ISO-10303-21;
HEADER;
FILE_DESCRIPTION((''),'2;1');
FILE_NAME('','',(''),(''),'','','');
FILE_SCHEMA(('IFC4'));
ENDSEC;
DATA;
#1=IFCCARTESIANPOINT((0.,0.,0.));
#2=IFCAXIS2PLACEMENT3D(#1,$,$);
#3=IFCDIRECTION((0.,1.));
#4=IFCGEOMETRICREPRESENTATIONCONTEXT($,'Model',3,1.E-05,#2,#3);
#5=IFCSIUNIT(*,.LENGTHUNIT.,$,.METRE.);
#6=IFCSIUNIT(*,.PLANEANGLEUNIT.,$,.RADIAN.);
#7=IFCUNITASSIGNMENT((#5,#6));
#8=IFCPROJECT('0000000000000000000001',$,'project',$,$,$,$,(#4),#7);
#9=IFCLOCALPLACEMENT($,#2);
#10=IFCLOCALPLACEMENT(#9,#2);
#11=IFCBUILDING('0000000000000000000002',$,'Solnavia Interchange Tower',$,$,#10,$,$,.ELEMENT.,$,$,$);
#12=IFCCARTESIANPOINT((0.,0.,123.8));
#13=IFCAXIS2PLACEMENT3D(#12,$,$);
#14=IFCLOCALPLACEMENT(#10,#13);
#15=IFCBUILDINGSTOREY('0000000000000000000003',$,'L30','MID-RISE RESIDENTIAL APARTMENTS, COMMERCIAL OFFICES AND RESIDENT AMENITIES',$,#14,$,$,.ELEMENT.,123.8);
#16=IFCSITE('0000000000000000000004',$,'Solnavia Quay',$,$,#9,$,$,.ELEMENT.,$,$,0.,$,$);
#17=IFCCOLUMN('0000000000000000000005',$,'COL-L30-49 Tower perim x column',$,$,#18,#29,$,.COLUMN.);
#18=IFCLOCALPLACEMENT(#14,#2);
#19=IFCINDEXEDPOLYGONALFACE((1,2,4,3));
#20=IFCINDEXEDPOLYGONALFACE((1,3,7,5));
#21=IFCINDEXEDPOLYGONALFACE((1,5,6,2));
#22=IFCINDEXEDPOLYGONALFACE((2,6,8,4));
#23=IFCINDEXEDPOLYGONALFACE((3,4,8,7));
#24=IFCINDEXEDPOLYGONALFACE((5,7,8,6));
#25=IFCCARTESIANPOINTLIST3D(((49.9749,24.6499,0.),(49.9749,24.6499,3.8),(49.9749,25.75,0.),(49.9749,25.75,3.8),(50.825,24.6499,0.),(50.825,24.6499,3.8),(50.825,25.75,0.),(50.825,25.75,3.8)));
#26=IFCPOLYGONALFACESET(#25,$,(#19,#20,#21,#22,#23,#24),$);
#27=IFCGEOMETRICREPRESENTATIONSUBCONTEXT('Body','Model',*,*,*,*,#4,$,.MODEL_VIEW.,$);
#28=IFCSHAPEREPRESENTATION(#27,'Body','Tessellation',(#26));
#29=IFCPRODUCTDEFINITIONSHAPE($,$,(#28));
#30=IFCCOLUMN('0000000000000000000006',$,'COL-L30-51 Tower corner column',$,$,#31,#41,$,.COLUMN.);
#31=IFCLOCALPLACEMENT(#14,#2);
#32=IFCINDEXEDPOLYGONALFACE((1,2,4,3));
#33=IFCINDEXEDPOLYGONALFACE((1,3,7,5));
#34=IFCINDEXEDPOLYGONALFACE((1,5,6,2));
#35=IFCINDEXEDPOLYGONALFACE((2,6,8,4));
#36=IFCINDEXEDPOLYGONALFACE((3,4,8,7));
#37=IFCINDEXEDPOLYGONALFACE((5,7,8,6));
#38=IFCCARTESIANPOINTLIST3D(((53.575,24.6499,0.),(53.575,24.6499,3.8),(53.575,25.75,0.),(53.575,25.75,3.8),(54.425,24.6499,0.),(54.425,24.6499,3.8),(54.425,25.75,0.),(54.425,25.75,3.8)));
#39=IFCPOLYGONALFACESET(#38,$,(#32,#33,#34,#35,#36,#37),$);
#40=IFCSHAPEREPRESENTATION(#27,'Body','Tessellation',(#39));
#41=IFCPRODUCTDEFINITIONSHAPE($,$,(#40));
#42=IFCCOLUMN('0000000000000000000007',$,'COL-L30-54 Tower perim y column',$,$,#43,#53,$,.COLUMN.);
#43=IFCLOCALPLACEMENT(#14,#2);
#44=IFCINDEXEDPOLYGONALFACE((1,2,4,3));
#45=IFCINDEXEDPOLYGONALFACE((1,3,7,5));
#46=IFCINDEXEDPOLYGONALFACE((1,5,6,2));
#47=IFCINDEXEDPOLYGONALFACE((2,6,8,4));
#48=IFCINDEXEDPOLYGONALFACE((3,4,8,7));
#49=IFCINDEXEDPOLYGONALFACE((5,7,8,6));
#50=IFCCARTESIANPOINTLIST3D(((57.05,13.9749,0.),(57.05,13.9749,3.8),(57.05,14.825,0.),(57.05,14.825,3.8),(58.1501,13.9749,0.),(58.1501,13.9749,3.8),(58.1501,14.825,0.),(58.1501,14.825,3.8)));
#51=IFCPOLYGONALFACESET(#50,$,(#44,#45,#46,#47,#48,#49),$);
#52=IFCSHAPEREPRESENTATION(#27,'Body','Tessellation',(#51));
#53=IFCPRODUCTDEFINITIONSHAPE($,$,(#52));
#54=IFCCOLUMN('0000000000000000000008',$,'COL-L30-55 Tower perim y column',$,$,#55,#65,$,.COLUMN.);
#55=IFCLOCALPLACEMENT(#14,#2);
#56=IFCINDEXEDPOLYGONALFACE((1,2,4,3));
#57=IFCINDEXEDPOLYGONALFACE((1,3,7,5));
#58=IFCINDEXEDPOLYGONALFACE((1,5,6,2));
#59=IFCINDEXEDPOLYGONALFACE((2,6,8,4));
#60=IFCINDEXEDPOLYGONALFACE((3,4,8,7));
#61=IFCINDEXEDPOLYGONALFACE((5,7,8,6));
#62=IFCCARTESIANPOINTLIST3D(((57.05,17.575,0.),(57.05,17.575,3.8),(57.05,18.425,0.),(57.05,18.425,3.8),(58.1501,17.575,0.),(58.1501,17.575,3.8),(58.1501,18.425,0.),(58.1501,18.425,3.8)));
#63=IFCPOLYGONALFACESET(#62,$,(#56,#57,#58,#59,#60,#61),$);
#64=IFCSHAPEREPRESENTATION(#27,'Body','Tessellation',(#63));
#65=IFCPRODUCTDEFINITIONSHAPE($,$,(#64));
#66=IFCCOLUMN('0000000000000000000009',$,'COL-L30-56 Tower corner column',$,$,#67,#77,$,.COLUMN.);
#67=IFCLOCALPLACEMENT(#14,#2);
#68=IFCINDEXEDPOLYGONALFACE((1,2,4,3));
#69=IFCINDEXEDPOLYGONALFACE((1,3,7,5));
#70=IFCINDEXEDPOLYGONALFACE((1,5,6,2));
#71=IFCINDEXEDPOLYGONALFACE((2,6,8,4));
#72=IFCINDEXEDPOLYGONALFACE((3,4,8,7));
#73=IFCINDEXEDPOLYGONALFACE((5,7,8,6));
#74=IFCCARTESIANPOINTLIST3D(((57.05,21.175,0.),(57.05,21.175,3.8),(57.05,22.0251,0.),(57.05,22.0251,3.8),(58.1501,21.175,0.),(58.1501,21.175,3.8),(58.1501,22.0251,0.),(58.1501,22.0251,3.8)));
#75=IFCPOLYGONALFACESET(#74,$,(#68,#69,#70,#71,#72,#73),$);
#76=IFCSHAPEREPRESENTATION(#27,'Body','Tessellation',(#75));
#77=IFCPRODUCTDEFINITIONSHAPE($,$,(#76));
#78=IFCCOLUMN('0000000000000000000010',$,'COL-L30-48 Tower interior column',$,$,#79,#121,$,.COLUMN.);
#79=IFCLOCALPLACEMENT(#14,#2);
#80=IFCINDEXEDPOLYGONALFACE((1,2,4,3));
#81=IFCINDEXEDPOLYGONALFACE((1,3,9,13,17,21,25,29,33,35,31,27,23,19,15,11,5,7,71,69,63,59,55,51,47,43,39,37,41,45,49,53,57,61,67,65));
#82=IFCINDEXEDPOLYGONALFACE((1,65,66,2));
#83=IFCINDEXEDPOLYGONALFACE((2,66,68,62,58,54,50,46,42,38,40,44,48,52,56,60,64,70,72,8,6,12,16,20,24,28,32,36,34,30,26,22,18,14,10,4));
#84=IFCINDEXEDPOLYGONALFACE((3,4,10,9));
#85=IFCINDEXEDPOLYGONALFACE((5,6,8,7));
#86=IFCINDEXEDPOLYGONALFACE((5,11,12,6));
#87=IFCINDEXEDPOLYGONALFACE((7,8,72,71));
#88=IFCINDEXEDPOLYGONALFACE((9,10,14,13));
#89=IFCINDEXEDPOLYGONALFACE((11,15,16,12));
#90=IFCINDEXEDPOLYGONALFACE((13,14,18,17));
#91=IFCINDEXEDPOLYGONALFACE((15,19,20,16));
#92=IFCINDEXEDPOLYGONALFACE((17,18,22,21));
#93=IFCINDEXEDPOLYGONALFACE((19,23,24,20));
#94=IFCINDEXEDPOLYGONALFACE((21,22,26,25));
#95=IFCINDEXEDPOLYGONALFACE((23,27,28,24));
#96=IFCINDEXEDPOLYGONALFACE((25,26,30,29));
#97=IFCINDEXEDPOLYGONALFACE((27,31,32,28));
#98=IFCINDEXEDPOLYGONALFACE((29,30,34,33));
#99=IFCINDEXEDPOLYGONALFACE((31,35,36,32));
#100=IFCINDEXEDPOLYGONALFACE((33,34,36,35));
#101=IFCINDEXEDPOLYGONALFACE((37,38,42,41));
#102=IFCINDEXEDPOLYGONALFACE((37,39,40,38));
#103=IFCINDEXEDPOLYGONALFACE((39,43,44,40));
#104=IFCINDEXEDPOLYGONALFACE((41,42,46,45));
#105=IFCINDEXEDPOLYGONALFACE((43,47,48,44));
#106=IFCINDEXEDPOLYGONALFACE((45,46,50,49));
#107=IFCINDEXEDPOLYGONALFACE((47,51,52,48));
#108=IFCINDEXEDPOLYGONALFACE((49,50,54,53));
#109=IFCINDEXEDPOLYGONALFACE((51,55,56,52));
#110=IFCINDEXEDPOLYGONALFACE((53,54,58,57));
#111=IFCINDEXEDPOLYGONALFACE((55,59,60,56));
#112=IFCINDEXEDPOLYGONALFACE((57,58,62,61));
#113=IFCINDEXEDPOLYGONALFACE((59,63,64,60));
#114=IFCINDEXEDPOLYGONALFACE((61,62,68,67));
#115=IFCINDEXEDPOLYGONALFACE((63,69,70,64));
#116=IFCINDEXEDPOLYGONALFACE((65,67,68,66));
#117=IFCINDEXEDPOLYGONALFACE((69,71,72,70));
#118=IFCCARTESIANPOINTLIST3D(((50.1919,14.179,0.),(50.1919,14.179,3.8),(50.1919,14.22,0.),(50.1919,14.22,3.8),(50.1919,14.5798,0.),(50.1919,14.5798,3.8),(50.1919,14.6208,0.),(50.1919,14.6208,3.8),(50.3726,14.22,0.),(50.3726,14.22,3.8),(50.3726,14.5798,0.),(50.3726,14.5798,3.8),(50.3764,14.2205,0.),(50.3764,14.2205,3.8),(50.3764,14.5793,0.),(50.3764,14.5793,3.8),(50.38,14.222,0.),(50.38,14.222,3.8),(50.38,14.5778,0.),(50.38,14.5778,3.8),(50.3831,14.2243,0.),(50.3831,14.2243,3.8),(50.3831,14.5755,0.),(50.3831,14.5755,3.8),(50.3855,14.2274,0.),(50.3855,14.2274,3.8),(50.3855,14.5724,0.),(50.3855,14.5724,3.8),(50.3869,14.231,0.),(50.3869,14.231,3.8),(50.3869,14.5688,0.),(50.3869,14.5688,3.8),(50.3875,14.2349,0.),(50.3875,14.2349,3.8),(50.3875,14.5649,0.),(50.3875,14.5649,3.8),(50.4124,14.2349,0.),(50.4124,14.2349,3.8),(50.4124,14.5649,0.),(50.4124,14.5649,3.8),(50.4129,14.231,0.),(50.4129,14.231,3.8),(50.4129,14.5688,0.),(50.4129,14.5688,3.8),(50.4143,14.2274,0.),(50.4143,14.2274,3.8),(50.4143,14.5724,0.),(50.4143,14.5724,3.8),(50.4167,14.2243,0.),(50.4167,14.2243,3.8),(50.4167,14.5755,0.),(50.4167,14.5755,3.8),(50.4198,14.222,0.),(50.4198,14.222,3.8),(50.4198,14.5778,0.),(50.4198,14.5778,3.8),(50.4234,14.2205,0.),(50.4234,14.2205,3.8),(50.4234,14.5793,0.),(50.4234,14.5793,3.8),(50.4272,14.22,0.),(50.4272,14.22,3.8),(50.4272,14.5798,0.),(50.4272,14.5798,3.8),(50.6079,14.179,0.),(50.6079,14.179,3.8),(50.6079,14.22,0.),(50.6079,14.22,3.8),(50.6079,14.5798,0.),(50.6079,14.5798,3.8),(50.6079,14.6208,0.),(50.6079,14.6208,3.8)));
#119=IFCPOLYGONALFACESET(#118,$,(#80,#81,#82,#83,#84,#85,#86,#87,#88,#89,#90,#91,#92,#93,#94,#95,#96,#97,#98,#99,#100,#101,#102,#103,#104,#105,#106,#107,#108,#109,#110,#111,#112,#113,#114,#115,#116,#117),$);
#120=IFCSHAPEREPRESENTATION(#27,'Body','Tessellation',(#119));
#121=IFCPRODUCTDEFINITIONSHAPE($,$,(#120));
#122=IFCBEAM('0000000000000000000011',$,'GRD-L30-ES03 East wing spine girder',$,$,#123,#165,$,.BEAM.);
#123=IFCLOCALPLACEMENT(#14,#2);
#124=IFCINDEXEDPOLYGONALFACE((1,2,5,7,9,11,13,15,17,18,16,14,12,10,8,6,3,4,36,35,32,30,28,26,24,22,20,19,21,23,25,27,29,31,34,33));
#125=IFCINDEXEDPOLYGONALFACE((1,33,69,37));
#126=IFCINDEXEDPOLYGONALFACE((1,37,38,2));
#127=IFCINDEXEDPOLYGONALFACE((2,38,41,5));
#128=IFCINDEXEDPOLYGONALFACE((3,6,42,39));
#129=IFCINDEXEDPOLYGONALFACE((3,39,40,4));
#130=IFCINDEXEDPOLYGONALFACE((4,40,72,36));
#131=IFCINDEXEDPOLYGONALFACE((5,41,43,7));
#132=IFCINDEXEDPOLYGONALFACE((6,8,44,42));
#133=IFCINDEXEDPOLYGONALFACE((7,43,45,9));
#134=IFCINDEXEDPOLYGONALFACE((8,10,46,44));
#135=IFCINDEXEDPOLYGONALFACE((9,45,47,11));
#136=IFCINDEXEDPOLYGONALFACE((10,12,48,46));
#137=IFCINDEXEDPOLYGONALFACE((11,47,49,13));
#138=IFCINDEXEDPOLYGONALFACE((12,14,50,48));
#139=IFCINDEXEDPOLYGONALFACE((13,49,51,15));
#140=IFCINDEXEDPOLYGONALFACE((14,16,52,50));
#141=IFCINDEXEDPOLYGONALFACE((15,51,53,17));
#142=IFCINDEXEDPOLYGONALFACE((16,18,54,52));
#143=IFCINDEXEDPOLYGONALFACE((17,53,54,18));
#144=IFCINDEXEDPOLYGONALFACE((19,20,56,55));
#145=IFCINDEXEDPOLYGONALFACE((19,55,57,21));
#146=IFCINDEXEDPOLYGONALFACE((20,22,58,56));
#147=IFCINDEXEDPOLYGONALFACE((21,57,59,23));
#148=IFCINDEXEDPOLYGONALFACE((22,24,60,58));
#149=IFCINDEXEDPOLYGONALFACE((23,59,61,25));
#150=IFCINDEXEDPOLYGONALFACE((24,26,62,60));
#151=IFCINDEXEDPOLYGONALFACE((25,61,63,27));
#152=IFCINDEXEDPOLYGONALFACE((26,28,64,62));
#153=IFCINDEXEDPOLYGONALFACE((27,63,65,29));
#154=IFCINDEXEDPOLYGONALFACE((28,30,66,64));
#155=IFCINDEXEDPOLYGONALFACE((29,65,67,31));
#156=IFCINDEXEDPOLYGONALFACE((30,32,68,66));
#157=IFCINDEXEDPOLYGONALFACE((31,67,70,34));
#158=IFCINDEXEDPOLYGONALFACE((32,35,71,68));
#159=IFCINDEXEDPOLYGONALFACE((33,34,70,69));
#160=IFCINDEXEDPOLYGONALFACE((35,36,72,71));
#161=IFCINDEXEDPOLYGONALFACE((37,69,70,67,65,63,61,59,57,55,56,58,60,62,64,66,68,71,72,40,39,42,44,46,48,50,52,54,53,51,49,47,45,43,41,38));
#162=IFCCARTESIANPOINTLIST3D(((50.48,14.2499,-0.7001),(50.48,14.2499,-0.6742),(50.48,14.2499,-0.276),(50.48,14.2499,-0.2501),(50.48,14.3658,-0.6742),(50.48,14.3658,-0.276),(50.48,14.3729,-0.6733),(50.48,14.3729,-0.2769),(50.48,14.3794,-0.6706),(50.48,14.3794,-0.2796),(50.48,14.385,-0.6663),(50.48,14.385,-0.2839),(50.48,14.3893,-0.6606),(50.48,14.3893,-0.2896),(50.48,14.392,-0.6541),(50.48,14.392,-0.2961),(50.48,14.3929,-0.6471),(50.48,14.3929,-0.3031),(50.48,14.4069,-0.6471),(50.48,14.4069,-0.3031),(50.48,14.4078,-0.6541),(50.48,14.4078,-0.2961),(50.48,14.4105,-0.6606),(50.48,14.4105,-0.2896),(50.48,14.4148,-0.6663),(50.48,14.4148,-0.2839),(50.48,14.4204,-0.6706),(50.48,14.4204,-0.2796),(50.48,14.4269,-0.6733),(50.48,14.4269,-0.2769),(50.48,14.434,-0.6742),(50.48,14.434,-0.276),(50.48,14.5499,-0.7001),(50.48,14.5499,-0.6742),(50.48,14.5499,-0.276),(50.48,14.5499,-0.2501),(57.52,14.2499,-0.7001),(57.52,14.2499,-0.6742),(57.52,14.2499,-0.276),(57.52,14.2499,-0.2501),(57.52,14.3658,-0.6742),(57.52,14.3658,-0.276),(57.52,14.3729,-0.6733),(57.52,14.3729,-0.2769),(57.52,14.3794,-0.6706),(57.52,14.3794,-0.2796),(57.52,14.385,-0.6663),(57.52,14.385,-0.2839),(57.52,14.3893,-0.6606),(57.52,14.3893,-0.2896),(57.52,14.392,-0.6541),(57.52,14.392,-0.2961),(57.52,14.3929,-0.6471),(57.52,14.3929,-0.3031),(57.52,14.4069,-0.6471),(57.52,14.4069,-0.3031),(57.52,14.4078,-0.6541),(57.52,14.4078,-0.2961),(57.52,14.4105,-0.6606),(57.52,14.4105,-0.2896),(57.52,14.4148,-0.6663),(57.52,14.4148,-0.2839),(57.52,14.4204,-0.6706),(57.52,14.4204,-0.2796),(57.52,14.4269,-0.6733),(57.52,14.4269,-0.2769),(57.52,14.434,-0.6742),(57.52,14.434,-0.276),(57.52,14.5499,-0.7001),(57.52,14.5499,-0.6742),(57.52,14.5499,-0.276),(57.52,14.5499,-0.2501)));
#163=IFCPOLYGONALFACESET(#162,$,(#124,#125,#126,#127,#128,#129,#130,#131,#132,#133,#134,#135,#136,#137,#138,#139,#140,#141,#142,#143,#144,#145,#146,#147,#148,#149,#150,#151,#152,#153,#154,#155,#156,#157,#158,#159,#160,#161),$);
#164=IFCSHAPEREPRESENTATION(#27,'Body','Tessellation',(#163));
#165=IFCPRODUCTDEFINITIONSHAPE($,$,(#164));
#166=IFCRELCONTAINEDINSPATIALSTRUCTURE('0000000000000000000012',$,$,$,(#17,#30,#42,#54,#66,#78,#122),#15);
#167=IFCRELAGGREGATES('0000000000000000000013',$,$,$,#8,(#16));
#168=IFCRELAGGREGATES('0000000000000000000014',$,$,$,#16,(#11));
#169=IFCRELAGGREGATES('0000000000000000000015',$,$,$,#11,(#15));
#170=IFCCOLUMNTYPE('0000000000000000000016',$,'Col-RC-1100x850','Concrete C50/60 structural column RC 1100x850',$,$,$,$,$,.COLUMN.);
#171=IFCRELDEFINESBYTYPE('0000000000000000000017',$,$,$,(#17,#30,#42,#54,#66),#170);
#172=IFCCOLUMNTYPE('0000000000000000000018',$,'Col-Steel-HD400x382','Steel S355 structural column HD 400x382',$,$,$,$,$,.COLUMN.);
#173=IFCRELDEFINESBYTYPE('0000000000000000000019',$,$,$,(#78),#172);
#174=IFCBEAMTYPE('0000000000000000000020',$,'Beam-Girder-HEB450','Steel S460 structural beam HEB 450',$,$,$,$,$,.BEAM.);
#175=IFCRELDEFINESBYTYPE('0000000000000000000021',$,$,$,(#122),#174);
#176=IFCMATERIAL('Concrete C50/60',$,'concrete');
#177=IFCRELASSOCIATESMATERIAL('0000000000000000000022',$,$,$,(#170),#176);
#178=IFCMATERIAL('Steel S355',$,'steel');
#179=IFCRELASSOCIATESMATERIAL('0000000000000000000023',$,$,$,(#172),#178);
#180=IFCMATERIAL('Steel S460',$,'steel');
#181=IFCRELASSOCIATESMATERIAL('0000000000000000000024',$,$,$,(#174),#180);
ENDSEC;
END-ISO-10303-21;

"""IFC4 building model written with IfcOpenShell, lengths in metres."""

from ifc_helpers import new_model, si_unit, direction, frame, origin, origin_2d, place, context, subcontext, project, spatial, rectangle, i_section, extrude, material, material_profile, profile_set, type_object, element, save


model = new_model("IFC4")

# Units and contexts
model_context = context("Model", 3, precision=1e-05, world=origin(), true_north=direction((0.0, 1.0)))
body_context = subcontext(model_context, "Body", "Model", "MODEL_VIEW")
ifc_project = project(units=[si_unit("LENGTHUNIT", "METRE"), si_unit("PLANEANGLEUNIT", "RADIAN")], contexts=[model_context])

# Site, building, storey
site_placement = place(None, origin())
site = spatial("IfcSite", under=ifc_project, at=site_placement, Name="Solnavia Quay", CompositionType="ELEMENT", RefElevation=0.0)
building_placement = place(site_placement, origin())
building = spatial("IfcBuilding", under=site, at=building_placement, Name="Solnavia Interchange Tower", CompositionType="ELEMENT")
storey_placement = place(building_placement, frame((0.0, 0.0, 123.8)))
storey = spatial("IfcBuildingStorey", under=building, at=storey_placement, Name="L30", Description="MID-RISE RESIDENTIAL APARTMENTS, COMMERCIAL OFFICES AND RESIDENT AMENITIES", CompositionType="ELEMENT", Elevation=123.8)

# Columns
ifc_material_1 = material(Name="Concrete C50/60", Category="concrete")
ifc_material_profile_1 = material_profile(ifc_material_1, rectangle(XDim=0.8501, YDim=1.1001, at=origin_2d()), Name="RC 1100x850")
ifc_profile_set_1 = profile_set([ifc_material_profile_1], Name="Concrete C50/60")
column_type_1 = type_object("IfcColumnType", Name="Col-RC-1100x850", Description="Concrete C50/60 structural column RC 1100x850", PredefinedType="COLUMN", material=ifc_profile_set_1)
for number, where, z_axis, x_axis, name in (
    (1, (50.3999, 25.2, 0.0), (0.0, 0.0, 1.0), (1.0, 0.0, 0.0), "COL-L30-49 Tower perim x column"),
    (2, (54.0, 25.2, 0.0), (0.0, 0.0, 1.0), (1.0, 0.0, 0.0), "COL-L30-51 Tower corner column"),
    (3, (57.6001, 14.3999, 0.0), (0.0, 0.0, 1.0), (0.0, 1.0, 0.0), "COL-L30-54 Tower perim y column"),
    (4, (57.6001, 18.0, 0.0), (0.0, 0.0, 1.0), (0.0, 1.0, 0.0), "COL-L30-55 Tower perim y column"),
    (5, (57.6001, 21.6001, 0.0), (0.0, 0.0, 1.0), (0.0, 1.0, 0.0), "COL-L30-56 Tower corner column"),
):
    element("IfcColumn", number, at=place(storey_placement, frame(where, z_axis=z_axis, x_axis=x_axis)), inside=storey, type_object=column_type_1, Name=name, PredefinedType="COLUMN", context=body_context, shape_type="SweptSolid", body=[
        extrude(rectangle(XDim=0.8501, YDim=1.1001, at=origin_2d()), origin(), (0.0, 0.0, 1.0), 3.8),
    ])
ifc_material_2 = material(Name="Steel S355", Category="steel")
ifc_material_profile_2 = material_profile(ifc_material_2, i_section(OverallWidth=0.416, OverallDepth=0.4419, WebThickness=0.0249, FlangeThickness=0.041, FilletRadius=0.0149, at=origin_2d()), Name="HD 400x382")
ifc_profile_set_2 = profile_set([ifc_material_profile_2], Name="Steel S355")
column_type_2 = type_object("IfcColumnType", Name="Col-Steel-HD400x382", Description="Steel S355 structural column HD 400x382", PredefinedType="COLUMN", material=ifc_profile_set_2)
column_placement = place(storey_placement, frame((50.3999, 14.3999, 0.0), z_axis=(0.0, 0.0, 1.0), x_axis=(1.0, 0.0, 0.0)))
element("IfcColumn", 6, at=column_placement, inside=storey, type_object=column_type_2, Name="COL-L30-48 Tower interior column", PredefinedType="COLUMN", context=body_context, shape_type="SweptSolid", body=[
    extrude(i_section(OverallWidth=0.416, OverallDepth=0.4419, WebThickness=0.0249, FlangeThickness=0.041, FilletRadius=0.0149, at=origin_2d()), origin(), (0.0, 0.0, 1.0), 3.8),
])

# Beam
ifc_material_3 = material(Name="Steel S460", Category="steel")
ifc_material_profile_3 = material_profile(ifc_material_3, i_section(OverallWidth=0.3, OverallDepth=0.45, WebThickness=0.0139, FlangeThickness=0.0259, FilletRadius=0.0271, at=origin_2d()), Name="HEB 450")
ifc_profile_set_3 = profile_set([ifc_material_profile_3], Name="Steel S460")
beam_type_1 = type_object("IfcBeamType", Name="Beam-Girder-HEB450", Description="Steel S460 structural beam HEB 450", PredefinedType="BEAM", material=ifc_profile_set_3)
beam_1_placement = place(storey_placement, frame((50.48, 14.3999, -0.4751), z_axis=(1.0, 0.0, 0.0), x_axis=(0.0, 1.0, 0.0)))
element("IfcBeam", 7, at=beam_1_placement, inside=storey, type_object=beam_type_1, Name="GRD-L30-ES03 East wing spine girder", PredefinedType="BEAM", context=body_context, shape_type="SweptSolid", body=[
    extrude(i_section(OverallWidth=0.3, OverallDepth=0.45, WebThickness=0.0139, FlangeThickness=0.0259, FilletRadius=0.0271, at=origin_2d()), origin(), (0.0, 0.0, 1.0), 7.04),
])

save(model, "model.ifc")
